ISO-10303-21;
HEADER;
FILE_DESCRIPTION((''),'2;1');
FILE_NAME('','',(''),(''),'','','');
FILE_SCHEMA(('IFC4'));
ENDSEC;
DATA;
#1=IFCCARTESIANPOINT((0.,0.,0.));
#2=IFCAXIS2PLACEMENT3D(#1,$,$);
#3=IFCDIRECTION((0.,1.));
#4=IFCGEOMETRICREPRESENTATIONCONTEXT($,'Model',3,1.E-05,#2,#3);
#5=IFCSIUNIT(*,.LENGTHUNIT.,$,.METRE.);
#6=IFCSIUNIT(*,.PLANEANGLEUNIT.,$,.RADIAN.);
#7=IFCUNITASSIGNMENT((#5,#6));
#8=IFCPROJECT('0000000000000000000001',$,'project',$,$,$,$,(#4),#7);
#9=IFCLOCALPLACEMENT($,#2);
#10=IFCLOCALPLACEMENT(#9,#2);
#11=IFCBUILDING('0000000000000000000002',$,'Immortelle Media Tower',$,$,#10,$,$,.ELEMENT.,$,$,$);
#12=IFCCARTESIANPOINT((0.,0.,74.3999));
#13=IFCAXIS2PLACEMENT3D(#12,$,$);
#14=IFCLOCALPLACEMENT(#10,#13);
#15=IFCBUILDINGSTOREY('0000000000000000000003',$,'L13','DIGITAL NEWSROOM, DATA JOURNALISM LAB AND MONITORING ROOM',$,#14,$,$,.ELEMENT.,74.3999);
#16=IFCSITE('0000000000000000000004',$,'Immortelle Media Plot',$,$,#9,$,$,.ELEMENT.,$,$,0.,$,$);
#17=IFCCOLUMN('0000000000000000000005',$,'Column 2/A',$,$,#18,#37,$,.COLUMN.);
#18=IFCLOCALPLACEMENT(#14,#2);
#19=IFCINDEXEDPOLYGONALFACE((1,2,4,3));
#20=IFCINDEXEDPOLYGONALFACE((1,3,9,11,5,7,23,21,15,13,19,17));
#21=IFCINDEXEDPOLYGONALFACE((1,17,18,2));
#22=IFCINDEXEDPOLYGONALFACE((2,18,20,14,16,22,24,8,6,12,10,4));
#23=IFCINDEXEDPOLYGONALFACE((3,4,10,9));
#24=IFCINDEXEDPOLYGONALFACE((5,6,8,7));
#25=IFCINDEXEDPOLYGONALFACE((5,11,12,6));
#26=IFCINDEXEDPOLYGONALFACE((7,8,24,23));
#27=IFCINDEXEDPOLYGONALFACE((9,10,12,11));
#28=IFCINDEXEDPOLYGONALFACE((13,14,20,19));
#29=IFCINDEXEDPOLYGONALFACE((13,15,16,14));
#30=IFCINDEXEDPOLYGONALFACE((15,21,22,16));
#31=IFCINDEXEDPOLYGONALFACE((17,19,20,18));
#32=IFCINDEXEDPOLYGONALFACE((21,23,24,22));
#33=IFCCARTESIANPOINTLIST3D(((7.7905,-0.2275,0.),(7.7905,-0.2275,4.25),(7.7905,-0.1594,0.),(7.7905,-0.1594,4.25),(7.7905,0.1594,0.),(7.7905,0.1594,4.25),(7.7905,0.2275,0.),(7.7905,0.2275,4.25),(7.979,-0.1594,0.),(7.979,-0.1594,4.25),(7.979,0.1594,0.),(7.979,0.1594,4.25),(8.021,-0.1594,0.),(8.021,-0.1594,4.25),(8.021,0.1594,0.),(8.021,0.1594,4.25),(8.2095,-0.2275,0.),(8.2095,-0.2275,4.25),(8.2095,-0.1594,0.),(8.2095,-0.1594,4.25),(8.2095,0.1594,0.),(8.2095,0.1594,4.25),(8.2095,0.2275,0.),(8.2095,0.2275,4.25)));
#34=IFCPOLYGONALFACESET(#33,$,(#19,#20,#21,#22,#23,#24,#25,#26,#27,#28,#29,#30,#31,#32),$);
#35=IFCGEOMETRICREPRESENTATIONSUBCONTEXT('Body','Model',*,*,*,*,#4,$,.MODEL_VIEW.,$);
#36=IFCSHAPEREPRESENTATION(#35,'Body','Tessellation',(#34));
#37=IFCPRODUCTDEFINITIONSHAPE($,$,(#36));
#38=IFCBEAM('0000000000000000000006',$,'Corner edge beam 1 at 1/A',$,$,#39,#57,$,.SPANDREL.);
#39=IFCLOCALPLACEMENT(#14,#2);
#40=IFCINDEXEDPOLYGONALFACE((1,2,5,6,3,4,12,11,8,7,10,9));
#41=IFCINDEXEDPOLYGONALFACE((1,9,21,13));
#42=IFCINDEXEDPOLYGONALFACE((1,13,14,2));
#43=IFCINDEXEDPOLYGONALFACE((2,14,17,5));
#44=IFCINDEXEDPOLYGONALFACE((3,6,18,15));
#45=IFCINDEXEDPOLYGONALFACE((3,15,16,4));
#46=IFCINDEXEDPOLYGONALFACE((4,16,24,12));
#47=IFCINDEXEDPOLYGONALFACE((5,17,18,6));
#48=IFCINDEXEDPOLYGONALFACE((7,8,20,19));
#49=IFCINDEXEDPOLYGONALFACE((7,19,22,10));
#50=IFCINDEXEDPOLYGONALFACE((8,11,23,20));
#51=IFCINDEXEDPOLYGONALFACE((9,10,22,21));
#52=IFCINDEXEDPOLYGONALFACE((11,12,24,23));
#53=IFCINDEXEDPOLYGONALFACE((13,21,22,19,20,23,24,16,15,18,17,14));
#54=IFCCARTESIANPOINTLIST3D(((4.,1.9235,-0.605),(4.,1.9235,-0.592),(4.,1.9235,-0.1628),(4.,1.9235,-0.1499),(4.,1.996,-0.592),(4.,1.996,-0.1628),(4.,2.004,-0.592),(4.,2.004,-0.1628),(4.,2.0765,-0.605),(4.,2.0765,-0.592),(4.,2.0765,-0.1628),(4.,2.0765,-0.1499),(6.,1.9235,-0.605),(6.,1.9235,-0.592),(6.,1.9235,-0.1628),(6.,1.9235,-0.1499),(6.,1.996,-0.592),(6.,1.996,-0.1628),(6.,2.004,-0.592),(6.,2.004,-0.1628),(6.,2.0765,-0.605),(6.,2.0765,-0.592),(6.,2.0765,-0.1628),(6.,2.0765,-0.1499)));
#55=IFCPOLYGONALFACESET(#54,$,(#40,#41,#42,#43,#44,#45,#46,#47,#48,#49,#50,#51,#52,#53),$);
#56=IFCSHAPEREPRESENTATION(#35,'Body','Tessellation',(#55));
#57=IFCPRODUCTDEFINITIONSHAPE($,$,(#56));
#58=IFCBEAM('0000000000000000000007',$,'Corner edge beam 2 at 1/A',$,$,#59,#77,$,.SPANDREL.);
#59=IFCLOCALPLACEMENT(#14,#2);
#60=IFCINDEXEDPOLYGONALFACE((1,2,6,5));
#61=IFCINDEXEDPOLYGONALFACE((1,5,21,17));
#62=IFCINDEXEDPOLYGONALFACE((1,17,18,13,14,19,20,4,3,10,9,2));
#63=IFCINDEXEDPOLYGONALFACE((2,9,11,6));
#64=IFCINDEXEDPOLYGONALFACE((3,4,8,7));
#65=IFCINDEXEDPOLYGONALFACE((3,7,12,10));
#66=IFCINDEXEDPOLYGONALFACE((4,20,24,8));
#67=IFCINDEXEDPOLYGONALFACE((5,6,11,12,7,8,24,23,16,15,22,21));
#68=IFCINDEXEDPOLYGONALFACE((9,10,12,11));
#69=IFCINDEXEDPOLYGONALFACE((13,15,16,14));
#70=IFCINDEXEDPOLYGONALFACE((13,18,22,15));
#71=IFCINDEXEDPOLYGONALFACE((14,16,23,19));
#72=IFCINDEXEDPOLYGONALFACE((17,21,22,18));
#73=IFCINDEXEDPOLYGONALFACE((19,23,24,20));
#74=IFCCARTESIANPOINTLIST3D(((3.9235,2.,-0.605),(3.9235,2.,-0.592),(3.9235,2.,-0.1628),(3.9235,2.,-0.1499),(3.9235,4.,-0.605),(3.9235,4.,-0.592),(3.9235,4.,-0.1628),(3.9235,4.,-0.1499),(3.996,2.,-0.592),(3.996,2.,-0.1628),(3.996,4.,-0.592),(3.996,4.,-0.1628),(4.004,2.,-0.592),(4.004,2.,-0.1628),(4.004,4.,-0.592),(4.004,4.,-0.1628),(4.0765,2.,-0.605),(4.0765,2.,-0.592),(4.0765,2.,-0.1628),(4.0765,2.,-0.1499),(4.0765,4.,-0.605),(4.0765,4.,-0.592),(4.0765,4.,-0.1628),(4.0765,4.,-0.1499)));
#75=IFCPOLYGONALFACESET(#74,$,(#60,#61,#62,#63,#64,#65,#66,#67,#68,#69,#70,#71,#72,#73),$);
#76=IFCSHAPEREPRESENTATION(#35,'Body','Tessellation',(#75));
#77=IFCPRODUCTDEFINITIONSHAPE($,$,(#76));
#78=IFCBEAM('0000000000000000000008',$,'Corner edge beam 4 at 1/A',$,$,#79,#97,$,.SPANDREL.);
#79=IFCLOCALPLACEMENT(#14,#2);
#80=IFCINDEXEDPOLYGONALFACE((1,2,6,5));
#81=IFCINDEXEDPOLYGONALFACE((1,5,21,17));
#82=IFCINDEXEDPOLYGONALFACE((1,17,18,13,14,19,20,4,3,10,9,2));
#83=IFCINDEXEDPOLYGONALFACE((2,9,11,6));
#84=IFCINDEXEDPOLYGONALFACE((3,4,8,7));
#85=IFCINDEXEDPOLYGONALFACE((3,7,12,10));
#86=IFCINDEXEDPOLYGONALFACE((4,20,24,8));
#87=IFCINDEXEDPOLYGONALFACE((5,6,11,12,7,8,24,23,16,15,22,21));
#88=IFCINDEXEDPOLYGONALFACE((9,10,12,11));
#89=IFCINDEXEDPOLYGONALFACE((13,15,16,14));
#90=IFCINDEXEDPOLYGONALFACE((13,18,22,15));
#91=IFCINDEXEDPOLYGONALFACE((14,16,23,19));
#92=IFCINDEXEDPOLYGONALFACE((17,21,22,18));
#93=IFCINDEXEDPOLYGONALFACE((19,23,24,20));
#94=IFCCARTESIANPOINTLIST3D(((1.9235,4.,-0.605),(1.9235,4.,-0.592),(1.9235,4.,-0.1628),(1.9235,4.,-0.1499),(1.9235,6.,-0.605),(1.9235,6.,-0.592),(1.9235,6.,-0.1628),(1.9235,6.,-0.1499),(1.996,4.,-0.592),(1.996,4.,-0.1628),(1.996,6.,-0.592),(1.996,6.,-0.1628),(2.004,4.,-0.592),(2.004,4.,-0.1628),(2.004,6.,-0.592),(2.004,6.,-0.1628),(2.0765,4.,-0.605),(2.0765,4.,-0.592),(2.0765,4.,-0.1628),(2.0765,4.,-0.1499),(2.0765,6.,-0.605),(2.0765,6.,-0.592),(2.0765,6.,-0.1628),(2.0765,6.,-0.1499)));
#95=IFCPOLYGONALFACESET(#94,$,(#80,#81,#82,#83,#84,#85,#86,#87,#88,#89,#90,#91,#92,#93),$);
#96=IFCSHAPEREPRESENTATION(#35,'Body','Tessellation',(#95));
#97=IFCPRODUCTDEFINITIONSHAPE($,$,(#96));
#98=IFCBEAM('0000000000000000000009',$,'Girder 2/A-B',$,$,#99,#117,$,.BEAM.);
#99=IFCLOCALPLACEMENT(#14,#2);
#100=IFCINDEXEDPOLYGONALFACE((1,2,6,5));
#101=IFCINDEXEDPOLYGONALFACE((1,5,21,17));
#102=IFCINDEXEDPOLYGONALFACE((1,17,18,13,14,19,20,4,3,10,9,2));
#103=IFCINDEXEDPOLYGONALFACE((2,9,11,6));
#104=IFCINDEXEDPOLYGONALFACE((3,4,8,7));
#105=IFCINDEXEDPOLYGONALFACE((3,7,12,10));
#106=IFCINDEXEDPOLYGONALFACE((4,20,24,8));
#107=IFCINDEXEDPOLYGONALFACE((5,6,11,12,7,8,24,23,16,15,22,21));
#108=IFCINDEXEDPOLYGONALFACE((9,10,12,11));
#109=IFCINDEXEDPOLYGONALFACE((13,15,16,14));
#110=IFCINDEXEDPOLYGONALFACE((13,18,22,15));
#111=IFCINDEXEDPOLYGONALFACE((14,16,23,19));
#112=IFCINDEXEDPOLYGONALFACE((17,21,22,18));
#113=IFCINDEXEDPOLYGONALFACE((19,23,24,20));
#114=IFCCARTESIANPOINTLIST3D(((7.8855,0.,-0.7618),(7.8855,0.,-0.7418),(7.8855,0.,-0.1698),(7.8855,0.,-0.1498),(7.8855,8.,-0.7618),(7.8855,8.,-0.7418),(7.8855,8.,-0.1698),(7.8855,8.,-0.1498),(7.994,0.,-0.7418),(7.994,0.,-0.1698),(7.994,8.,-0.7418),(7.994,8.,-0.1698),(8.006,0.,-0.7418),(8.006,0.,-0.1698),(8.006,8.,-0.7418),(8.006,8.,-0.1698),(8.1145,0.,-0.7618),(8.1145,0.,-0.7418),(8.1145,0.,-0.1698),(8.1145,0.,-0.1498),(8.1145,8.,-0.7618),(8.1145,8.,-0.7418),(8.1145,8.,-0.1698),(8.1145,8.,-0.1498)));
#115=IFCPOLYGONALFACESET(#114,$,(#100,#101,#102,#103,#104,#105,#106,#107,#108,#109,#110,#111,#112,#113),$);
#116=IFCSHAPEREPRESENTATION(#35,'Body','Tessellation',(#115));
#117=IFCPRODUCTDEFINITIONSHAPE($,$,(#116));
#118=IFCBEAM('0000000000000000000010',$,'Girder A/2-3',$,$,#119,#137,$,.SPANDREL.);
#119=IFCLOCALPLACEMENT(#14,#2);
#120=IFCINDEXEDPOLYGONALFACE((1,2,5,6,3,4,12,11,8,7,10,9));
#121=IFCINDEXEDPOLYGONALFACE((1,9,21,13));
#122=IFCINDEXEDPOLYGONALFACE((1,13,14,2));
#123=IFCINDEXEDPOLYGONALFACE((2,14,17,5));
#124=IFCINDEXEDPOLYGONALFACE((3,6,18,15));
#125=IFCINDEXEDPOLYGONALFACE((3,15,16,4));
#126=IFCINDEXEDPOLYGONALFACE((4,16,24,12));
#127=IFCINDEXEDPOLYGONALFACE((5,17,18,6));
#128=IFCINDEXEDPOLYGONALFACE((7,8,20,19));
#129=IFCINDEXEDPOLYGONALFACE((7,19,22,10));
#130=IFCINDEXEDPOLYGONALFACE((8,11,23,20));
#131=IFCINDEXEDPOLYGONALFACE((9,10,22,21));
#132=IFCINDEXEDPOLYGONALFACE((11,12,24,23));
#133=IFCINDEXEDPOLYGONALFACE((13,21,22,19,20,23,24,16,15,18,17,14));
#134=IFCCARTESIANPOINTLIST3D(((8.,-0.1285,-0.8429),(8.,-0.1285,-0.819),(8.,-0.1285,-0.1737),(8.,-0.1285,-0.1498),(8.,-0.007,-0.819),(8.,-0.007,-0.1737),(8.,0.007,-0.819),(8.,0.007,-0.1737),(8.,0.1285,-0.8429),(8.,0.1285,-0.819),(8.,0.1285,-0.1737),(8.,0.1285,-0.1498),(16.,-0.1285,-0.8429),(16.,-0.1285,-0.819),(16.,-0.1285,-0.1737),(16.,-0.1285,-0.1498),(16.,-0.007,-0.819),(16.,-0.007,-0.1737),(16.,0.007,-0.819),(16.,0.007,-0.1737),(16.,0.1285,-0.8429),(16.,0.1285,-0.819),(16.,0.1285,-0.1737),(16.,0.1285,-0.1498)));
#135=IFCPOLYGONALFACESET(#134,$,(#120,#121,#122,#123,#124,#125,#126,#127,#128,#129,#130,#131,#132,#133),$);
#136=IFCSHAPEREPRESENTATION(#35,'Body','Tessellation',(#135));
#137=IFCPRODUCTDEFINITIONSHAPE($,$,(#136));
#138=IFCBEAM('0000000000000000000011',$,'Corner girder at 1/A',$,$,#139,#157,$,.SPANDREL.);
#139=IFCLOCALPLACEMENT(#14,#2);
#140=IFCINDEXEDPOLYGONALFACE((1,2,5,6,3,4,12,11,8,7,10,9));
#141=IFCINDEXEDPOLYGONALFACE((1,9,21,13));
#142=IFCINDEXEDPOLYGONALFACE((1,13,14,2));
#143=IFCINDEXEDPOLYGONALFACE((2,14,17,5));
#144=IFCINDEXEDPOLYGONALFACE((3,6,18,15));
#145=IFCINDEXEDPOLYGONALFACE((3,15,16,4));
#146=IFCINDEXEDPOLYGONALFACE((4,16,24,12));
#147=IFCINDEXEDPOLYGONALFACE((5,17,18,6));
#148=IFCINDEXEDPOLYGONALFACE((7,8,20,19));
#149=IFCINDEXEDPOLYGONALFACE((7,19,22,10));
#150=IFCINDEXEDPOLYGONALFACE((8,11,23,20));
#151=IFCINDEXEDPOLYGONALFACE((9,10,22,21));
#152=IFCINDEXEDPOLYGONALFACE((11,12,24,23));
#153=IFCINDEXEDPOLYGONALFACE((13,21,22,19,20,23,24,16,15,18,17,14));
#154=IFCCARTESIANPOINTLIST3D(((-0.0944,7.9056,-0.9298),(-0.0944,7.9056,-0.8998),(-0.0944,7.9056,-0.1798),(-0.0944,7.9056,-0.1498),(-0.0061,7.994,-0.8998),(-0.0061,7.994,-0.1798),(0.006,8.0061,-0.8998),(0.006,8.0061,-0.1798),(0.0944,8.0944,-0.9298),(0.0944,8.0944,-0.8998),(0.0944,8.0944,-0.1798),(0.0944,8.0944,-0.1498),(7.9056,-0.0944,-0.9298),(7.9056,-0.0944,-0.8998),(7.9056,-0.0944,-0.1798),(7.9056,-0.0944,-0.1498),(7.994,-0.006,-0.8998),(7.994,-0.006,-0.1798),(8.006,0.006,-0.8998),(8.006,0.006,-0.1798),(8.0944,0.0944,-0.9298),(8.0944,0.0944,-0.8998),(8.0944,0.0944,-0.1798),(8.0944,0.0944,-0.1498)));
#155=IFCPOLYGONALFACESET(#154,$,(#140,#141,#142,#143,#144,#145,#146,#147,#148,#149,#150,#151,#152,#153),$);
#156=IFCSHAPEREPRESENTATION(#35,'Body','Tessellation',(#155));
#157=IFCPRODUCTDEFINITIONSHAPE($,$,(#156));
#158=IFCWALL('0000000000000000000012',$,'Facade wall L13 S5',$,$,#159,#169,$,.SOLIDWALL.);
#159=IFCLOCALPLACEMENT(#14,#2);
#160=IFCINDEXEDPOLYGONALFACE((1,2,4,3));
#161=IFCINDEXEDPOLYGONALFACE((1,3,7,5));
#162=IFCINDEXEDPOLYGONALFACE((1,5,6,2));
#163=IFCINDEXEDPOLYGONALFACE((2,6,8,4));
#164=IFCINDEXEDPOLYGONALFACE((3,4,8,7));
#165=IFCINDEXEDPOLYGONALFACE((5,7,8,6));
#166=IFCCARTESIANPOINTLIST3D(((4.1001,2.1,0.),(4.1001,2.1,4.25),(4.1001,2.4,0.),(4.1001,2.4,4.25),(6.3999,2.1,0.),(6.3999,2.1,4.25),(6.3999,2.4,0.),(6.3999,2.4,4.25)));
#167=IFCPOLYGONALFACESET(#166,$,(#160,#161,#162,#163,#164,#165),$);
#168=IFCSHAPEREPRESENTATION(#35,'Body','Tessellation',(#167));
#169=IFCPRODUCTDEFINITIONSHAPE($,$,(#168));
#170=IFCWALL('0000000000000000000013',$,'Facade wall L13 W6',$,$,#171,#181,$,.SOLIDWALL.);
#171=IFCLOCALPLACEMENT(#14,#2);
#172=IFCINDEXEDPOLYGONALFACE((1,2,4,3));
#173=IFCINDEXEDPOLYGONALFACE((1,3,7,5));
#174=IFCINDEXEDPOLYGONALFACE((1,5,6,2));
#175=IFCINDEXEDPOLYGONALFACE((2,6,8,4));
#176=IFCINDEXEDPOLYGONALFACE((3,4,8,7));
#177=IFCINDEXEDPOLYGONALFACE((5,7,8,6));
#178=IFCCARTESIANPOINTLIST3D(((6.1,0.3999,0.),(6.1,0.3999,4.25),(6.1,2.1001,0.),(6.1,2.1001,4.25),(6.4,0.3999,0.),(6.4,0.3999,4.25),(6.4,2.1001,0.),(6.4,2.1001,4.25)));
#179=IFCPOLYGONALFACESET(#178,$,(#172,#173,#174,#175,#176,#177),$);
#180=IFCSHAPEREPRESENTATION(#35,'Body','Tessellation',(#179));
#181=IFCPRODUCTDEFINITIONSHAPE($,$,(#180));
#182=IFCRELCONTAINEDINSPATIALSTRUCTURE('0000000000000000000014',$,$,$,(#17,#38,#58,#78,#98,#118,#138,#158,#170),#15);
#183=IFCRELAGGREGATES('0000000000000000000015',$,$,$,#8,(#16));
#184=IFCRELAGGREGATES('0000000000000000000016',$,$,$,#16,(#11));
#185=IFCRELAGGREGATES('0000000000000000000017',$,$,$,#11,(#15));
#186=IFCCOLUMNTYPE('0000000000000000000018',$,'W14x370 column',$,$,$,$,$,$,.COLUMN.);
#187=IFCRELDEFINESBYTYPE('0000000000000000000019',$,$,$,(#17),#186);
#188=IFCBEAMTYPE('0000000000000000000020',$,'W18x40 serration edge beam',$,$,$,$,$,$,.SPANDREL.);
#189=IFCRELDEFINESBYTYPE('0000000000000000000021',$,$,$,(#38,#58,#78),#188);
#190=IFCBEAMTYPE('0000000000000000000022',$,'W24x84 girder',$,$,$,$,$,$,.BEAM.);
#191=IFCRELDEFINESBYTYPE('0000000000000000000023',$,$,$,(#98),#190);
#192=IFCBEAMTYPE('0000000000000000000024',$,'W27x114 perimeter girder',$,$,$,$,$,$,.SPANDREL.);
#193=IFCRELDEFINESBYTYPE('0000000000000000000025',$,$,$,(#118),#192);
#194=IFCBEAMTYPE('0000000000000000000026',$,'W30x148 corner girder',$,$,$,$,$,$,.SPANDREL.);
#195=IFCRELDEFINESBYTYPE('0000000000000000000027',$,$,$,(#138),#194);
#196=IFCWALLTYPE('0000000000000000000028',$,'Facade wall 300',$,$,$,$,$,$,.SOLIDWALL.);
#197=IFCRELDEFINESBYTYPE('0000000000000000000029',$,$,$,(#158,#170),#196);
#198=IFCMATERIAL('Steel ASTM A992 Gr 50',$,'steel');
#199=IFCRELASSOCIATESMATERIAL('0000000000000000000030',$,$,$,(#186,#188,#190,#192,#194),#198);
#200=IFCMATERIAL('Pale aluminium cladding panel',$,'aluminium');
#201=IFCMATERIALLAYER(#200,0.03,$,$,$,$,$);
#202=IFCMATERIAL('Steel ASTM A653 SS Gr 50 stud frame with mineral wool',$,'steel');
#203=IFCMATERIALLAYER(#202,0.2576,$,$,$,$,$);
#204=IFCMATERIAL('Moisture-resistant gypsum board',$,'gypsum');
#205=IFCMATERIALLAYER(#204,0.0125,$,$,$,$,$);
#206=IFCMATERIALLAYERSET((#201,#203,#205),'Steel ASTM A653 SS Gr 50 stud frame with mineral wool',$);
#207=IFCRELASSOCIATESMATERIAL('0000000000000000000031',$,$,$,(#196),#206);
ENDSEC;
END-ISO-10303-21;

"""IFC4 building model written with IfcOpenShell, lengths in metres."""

from ifc_helpers import new_model, si_unit, direction, frame, frame_2d, origin, origin_2d, place, context, subcontext, project, spatial, rectangle, i_section, extrude, material, layer, layer_set, material_profile, profile_set, type_object, element, save


model = new_model("IFC4")

# Units and contexts
model_context = context("Model", 3, precision=1e-05, world=origin(), true_north=direction((0.0, 1.0)))
body_context = subcontext(model_context, "Body", "Model", "MODEL_VIEW")
ifc_project = project(units=[si_unit("LENGTHUNIT", "METRE"), si_unit("PLANEANGLEUNIT", "RADIAN")], contexts=[model_context])

# Site, building, storey
site_placement = place(None, origin())
site = spatial("IfcSite", under=ifc_project, at=site_placement, Name="Immortelle Media Plot", CompositionType="ELEMENT", RefElevation=0.0)
building_placement = place(site_placement, origin())
building = spatial("IfcBuilding", under=site, at=building_placement, Name="Immortelle Media Tower", CompositionType="ELEMENT")
storey_placement = place(building_placement, frame((0.0, 0.0, 74.3999)))
storey = spatial("IfcBuildingStorey", under=building, at=storey_placement, Name="L13", Description="DIGITAL NEWSROOM, DATA JOURNALISM LAB AND MONITORING ROOM", CompositionType="ELEMENT", Elevation=74.3999)

# Column
ifc_material_1 = material(Name="Steel ASTM A992 Gr 50", Category="steel")
ifc_material_profile_1 = material_profile(ifc_material_1, i_section(OverallWidth=0.4189, OverallDepth=0.4551, WebThickness=0.042, FlangeThickness=0.0681, at=origin_2d()), Name="W14x370")
ifc_profile_set_1 = profile_set([ifc_material_profile_1], Name="Steel ASTM A992 Gr 50")
column_type = type_object("IfcColumnType", Name="W14x370 column", PredefinedType="COLUMN", material=ifc_profile_set_1)
column_placement = place(storey_placement, frame((8.0, 0.0, 0.0), z_axis=(0.0, 0.0, 1.0), x_axis=(1.0, 0.0, 0.0)))
element("IfcColumn", 1, at=column_placement, inside=storey, type_object=column_type, Name="Column 2/A", PredefinedType="COLUMN", context=body_context, shape_type="SweptSolid", body=[
    extrude(i_section(OverallWidth=0.4189, OverallDepth=0.4551, WebThickness=0.042, FlangeThickness=0.0681, at=origin_2d()), origin(), (0.0, 0.0, 1.0), 4.25),
])

# Beams
ifc_material_profile_2 = material_profile(ifc_material_1, i_section(OverallWidth=0.1531, OverallDepth=0.4551, WebThickness=0.0081, FlangeThickness=0.0129, at=origin_2d()), Name="W18x40")
ifc_profile_set_2 = profile_set([ifc_material_profile_2], Name="Steel ASTM A992 Gr 50")
beam_type_1 = type_object("IfcBeamType", Name="W18x40 serration edge beam", PredefinedType="SPANDREL", material=ifc_profile_set_2)
for number, where, z_axis, x_axis, name in (
    (2, (6.0, 2.0, -0.3774), (-1.0, 0.0, 0.0), (0.0, -1.0, 0.0), "Corner edge beam 1 at 1/A"),
    (3, (4.0, 2.0, -0.3774), (0.0, 1.0, 0.0), (-1.0, 0.0, 0.0), "Corner edge beam 2 at 1/A"),
    (4, (2.0, 4.0, -0.3774), (0.0, 1.0, 0.0), (-1.0, 0.0, 0.0), "Corner edge beam 4 at 1/A"),
):
    element("IfcBeam", number, at=place(storey_placement, frame(where, z_axis=z_axis, x_axis=x_axis)), inside=storey, type_object=beam_type_1, Name=name, PredefinedType="SPANDREL", context=body_context, shape_type="SweptSolid", body=[
        extrude(i_section(OverallWidth=0.1531, OverallDepth=0.4551, WebThickness=0.0081, FlangeThickness=0.0129, at=origin_2d()), origin(), (0.0, 0.0, 1.0), 2.0),
    ])
ifc_material_profile_3 = material_profile(ifc_material_1, i_section(OverallWidth=0.229, OverallDepth=0.6121, WebThickness=0.012, FlangeThickness=0.02, at=origin_2d()), Name="W24x84")
ifc_profile_set_3 = profile_set([ifc_material_profile_3], Name="Steel ASTM A992 Gr 50")
beam_type_2 = type_object("IfcBeamType", Name="W24x84 girder", PredefinedType="BEAM", material=ifc_profile_set_3)
beam_1_placement = place(storey_placement, frame((8.0, 0.0, -0.4558), z_axis=(0.0, 1.0, 0.0), x_axis=(-1.0, 0.0, 0.0)))
element("IfcBeam", 5, at=beam_1_placement, inside=storey, type_object=beam_type_2, Name="Girder 2/A-B", PredefinedType="BEAM", context=body_context, shape_type="SweptSolid", body=[
    extrude(i_section(OverallWidth=0.229, OverallDepth=0.6121, WebThickness=0.012, FlangeThickness=0.02, at=origin_2d()), origin(), (0.0, 0.0, 1.0), 8.0),
])
ifc_material_profile_4 = material_profile(ifc_material_1, i_section(OverallWidth=0.2571, OverallDepth=0.6931, WebThickness=0.0139, FlangeThickness=0.0239, at=origin_2d()), Name="W27x114")
ifc_profile_set_4 = profile_set([ifc_material_profile_4], Name="Steel ASTM A992 Gr 50")
beam_type_3 = type_object("IfcBeamType", Name="W27x114 perimeter girder", PredefinedType="SPANDREL", material=ifc_profile_set_4)
beam_2_placement = place(storey_placement, frame((8.0, 0.0, -0.4963), z_axis=(1.0, 0.0, 0.0), x_axis=(0.0, 1.0, 0.0)))
element("IfcBeam", 6, at=beam_2_placement, inside=storey, type_object=beam_type_3, Name="Girder A/2-3", PredefinedType="SPANDREL", context=body_context, shape_type="SweptSolid", body=[
    extrude(i_section(OverallWidth=0.2571, OverallDepth=0.6931, WebThickness=0.0139, FlangeThickness=0.0239, at=origin_2d()), origin(), (0.0, 0.0, 1.0), 8.0),
])
ifc_material_profile_5 = material_profile(ifc_material_1, i_section(OverallWidth=0.2671, OverallDepth=0.78, WebThickness=0.0171, FlangeThickness=0.03, at=origin_2d()), Name="W30x148")
ifc_profile_set_5 = profile_set([ifc_material_profile_5], Name="Steel ASTM A992 Gr 50")
beam_type_4 = type_object("IfcBeamType", Name="W30x148 corner girder", PredefinedType="SPANDREL", material=ifc_profile_set_5)
beam_3_placement = place(storey_placement, frame((8.0, 0.0, -0.5398), z_axis=(-0.707107, 0.707107, 0.0), x_axis=(-0.707107, -0.707107, 0.0)))
element("IfcBeam", 7, at=beam_3_placement, inside=storey, type_object=beam_type_4, Name="Corner girder at 1/A", PredefinedType="SPANDREL", context=body_context, shape_type="SweptSolid", body=[
    extrude(i_section(OverallWidth=0.2671, OverallDepth=0.78, WebThickness=0.0171, FlangeThickness=0.03, at=origin_2d()), origin(), (0.0, 0.0, 1.0), 11.3137),
])

# Walls
ifc_material_2 = material(Name="Pale aluminium cladding panel", Category="aluminium")
ifc_layer_1 = layer(ifc_material_2, 0.03)
ifc_material_3 = material(Name="Steel ASTM A653 SS Gr 50 stud frame with mineral wool", Category="steel")
ifc_layer_2 = layer(ifc_material_3, 0.2576)
ifc_material_4 = material(Name="Moisture-resistant gypsum board", Category="gypsum")
ifc_layer_3 = layer(ifc_material_4, 0.0125)
ifc_layer_set_1 = layer_set([ifc_layer_1, ifc_layer_2, ifc_layer_3], Name="Steel ASTM A653 SS Gr 50 stud frame with mineral wool")
wall_type_1 = type_object("IfcWallType", Name="Facade wall 300", PredefinedType="SOLIDWALL", material=ifc_layer_set_1)
wall_1_placement = place(storey_placement, frame((4.1001, 2.25, 0.0), z_axis=(0.0, 0.0, 1.0), x_axis=(1.0, 0.0, 0.0)))
element("IfcWall", 8, at=wall_1_placement, inside=storey, type_object=wall_type_1, Name="Facade wall L13 S5", PredefinedType="SOLIDWALL", context=body_context, shape_type="SweptSolid", body=[
    extrude(rectangle(XDim=2.2998, YDim=0.3, at=frame_2d((1.1499, 0.0))), origin(), (0.0, 0.0, 1.0), 4.25),
])
wall_2_placement = place(storey_placement, frame((6.25, 2.1001, 0.0), z_axis=(0.0, 0.0, 1.0), x_axis=(0.0, -1.0, 0.0)))
element("IfcWall", 9, at=wall_2_placement, inside=storey, type_object=wall_type_1, Name="Facade wall L13 W6", PredefinedType="SOLIDWALL", context=body_context, shape_type="SweptSolid", body=[
    extrude(rectangle(XDim=1.7002, YDim=0.3, at=frame_2d((0.8501, 0.0))), origin(), (0.0, 0.0, 1.0), 4.25),
])

save(model, "model.ifc")
